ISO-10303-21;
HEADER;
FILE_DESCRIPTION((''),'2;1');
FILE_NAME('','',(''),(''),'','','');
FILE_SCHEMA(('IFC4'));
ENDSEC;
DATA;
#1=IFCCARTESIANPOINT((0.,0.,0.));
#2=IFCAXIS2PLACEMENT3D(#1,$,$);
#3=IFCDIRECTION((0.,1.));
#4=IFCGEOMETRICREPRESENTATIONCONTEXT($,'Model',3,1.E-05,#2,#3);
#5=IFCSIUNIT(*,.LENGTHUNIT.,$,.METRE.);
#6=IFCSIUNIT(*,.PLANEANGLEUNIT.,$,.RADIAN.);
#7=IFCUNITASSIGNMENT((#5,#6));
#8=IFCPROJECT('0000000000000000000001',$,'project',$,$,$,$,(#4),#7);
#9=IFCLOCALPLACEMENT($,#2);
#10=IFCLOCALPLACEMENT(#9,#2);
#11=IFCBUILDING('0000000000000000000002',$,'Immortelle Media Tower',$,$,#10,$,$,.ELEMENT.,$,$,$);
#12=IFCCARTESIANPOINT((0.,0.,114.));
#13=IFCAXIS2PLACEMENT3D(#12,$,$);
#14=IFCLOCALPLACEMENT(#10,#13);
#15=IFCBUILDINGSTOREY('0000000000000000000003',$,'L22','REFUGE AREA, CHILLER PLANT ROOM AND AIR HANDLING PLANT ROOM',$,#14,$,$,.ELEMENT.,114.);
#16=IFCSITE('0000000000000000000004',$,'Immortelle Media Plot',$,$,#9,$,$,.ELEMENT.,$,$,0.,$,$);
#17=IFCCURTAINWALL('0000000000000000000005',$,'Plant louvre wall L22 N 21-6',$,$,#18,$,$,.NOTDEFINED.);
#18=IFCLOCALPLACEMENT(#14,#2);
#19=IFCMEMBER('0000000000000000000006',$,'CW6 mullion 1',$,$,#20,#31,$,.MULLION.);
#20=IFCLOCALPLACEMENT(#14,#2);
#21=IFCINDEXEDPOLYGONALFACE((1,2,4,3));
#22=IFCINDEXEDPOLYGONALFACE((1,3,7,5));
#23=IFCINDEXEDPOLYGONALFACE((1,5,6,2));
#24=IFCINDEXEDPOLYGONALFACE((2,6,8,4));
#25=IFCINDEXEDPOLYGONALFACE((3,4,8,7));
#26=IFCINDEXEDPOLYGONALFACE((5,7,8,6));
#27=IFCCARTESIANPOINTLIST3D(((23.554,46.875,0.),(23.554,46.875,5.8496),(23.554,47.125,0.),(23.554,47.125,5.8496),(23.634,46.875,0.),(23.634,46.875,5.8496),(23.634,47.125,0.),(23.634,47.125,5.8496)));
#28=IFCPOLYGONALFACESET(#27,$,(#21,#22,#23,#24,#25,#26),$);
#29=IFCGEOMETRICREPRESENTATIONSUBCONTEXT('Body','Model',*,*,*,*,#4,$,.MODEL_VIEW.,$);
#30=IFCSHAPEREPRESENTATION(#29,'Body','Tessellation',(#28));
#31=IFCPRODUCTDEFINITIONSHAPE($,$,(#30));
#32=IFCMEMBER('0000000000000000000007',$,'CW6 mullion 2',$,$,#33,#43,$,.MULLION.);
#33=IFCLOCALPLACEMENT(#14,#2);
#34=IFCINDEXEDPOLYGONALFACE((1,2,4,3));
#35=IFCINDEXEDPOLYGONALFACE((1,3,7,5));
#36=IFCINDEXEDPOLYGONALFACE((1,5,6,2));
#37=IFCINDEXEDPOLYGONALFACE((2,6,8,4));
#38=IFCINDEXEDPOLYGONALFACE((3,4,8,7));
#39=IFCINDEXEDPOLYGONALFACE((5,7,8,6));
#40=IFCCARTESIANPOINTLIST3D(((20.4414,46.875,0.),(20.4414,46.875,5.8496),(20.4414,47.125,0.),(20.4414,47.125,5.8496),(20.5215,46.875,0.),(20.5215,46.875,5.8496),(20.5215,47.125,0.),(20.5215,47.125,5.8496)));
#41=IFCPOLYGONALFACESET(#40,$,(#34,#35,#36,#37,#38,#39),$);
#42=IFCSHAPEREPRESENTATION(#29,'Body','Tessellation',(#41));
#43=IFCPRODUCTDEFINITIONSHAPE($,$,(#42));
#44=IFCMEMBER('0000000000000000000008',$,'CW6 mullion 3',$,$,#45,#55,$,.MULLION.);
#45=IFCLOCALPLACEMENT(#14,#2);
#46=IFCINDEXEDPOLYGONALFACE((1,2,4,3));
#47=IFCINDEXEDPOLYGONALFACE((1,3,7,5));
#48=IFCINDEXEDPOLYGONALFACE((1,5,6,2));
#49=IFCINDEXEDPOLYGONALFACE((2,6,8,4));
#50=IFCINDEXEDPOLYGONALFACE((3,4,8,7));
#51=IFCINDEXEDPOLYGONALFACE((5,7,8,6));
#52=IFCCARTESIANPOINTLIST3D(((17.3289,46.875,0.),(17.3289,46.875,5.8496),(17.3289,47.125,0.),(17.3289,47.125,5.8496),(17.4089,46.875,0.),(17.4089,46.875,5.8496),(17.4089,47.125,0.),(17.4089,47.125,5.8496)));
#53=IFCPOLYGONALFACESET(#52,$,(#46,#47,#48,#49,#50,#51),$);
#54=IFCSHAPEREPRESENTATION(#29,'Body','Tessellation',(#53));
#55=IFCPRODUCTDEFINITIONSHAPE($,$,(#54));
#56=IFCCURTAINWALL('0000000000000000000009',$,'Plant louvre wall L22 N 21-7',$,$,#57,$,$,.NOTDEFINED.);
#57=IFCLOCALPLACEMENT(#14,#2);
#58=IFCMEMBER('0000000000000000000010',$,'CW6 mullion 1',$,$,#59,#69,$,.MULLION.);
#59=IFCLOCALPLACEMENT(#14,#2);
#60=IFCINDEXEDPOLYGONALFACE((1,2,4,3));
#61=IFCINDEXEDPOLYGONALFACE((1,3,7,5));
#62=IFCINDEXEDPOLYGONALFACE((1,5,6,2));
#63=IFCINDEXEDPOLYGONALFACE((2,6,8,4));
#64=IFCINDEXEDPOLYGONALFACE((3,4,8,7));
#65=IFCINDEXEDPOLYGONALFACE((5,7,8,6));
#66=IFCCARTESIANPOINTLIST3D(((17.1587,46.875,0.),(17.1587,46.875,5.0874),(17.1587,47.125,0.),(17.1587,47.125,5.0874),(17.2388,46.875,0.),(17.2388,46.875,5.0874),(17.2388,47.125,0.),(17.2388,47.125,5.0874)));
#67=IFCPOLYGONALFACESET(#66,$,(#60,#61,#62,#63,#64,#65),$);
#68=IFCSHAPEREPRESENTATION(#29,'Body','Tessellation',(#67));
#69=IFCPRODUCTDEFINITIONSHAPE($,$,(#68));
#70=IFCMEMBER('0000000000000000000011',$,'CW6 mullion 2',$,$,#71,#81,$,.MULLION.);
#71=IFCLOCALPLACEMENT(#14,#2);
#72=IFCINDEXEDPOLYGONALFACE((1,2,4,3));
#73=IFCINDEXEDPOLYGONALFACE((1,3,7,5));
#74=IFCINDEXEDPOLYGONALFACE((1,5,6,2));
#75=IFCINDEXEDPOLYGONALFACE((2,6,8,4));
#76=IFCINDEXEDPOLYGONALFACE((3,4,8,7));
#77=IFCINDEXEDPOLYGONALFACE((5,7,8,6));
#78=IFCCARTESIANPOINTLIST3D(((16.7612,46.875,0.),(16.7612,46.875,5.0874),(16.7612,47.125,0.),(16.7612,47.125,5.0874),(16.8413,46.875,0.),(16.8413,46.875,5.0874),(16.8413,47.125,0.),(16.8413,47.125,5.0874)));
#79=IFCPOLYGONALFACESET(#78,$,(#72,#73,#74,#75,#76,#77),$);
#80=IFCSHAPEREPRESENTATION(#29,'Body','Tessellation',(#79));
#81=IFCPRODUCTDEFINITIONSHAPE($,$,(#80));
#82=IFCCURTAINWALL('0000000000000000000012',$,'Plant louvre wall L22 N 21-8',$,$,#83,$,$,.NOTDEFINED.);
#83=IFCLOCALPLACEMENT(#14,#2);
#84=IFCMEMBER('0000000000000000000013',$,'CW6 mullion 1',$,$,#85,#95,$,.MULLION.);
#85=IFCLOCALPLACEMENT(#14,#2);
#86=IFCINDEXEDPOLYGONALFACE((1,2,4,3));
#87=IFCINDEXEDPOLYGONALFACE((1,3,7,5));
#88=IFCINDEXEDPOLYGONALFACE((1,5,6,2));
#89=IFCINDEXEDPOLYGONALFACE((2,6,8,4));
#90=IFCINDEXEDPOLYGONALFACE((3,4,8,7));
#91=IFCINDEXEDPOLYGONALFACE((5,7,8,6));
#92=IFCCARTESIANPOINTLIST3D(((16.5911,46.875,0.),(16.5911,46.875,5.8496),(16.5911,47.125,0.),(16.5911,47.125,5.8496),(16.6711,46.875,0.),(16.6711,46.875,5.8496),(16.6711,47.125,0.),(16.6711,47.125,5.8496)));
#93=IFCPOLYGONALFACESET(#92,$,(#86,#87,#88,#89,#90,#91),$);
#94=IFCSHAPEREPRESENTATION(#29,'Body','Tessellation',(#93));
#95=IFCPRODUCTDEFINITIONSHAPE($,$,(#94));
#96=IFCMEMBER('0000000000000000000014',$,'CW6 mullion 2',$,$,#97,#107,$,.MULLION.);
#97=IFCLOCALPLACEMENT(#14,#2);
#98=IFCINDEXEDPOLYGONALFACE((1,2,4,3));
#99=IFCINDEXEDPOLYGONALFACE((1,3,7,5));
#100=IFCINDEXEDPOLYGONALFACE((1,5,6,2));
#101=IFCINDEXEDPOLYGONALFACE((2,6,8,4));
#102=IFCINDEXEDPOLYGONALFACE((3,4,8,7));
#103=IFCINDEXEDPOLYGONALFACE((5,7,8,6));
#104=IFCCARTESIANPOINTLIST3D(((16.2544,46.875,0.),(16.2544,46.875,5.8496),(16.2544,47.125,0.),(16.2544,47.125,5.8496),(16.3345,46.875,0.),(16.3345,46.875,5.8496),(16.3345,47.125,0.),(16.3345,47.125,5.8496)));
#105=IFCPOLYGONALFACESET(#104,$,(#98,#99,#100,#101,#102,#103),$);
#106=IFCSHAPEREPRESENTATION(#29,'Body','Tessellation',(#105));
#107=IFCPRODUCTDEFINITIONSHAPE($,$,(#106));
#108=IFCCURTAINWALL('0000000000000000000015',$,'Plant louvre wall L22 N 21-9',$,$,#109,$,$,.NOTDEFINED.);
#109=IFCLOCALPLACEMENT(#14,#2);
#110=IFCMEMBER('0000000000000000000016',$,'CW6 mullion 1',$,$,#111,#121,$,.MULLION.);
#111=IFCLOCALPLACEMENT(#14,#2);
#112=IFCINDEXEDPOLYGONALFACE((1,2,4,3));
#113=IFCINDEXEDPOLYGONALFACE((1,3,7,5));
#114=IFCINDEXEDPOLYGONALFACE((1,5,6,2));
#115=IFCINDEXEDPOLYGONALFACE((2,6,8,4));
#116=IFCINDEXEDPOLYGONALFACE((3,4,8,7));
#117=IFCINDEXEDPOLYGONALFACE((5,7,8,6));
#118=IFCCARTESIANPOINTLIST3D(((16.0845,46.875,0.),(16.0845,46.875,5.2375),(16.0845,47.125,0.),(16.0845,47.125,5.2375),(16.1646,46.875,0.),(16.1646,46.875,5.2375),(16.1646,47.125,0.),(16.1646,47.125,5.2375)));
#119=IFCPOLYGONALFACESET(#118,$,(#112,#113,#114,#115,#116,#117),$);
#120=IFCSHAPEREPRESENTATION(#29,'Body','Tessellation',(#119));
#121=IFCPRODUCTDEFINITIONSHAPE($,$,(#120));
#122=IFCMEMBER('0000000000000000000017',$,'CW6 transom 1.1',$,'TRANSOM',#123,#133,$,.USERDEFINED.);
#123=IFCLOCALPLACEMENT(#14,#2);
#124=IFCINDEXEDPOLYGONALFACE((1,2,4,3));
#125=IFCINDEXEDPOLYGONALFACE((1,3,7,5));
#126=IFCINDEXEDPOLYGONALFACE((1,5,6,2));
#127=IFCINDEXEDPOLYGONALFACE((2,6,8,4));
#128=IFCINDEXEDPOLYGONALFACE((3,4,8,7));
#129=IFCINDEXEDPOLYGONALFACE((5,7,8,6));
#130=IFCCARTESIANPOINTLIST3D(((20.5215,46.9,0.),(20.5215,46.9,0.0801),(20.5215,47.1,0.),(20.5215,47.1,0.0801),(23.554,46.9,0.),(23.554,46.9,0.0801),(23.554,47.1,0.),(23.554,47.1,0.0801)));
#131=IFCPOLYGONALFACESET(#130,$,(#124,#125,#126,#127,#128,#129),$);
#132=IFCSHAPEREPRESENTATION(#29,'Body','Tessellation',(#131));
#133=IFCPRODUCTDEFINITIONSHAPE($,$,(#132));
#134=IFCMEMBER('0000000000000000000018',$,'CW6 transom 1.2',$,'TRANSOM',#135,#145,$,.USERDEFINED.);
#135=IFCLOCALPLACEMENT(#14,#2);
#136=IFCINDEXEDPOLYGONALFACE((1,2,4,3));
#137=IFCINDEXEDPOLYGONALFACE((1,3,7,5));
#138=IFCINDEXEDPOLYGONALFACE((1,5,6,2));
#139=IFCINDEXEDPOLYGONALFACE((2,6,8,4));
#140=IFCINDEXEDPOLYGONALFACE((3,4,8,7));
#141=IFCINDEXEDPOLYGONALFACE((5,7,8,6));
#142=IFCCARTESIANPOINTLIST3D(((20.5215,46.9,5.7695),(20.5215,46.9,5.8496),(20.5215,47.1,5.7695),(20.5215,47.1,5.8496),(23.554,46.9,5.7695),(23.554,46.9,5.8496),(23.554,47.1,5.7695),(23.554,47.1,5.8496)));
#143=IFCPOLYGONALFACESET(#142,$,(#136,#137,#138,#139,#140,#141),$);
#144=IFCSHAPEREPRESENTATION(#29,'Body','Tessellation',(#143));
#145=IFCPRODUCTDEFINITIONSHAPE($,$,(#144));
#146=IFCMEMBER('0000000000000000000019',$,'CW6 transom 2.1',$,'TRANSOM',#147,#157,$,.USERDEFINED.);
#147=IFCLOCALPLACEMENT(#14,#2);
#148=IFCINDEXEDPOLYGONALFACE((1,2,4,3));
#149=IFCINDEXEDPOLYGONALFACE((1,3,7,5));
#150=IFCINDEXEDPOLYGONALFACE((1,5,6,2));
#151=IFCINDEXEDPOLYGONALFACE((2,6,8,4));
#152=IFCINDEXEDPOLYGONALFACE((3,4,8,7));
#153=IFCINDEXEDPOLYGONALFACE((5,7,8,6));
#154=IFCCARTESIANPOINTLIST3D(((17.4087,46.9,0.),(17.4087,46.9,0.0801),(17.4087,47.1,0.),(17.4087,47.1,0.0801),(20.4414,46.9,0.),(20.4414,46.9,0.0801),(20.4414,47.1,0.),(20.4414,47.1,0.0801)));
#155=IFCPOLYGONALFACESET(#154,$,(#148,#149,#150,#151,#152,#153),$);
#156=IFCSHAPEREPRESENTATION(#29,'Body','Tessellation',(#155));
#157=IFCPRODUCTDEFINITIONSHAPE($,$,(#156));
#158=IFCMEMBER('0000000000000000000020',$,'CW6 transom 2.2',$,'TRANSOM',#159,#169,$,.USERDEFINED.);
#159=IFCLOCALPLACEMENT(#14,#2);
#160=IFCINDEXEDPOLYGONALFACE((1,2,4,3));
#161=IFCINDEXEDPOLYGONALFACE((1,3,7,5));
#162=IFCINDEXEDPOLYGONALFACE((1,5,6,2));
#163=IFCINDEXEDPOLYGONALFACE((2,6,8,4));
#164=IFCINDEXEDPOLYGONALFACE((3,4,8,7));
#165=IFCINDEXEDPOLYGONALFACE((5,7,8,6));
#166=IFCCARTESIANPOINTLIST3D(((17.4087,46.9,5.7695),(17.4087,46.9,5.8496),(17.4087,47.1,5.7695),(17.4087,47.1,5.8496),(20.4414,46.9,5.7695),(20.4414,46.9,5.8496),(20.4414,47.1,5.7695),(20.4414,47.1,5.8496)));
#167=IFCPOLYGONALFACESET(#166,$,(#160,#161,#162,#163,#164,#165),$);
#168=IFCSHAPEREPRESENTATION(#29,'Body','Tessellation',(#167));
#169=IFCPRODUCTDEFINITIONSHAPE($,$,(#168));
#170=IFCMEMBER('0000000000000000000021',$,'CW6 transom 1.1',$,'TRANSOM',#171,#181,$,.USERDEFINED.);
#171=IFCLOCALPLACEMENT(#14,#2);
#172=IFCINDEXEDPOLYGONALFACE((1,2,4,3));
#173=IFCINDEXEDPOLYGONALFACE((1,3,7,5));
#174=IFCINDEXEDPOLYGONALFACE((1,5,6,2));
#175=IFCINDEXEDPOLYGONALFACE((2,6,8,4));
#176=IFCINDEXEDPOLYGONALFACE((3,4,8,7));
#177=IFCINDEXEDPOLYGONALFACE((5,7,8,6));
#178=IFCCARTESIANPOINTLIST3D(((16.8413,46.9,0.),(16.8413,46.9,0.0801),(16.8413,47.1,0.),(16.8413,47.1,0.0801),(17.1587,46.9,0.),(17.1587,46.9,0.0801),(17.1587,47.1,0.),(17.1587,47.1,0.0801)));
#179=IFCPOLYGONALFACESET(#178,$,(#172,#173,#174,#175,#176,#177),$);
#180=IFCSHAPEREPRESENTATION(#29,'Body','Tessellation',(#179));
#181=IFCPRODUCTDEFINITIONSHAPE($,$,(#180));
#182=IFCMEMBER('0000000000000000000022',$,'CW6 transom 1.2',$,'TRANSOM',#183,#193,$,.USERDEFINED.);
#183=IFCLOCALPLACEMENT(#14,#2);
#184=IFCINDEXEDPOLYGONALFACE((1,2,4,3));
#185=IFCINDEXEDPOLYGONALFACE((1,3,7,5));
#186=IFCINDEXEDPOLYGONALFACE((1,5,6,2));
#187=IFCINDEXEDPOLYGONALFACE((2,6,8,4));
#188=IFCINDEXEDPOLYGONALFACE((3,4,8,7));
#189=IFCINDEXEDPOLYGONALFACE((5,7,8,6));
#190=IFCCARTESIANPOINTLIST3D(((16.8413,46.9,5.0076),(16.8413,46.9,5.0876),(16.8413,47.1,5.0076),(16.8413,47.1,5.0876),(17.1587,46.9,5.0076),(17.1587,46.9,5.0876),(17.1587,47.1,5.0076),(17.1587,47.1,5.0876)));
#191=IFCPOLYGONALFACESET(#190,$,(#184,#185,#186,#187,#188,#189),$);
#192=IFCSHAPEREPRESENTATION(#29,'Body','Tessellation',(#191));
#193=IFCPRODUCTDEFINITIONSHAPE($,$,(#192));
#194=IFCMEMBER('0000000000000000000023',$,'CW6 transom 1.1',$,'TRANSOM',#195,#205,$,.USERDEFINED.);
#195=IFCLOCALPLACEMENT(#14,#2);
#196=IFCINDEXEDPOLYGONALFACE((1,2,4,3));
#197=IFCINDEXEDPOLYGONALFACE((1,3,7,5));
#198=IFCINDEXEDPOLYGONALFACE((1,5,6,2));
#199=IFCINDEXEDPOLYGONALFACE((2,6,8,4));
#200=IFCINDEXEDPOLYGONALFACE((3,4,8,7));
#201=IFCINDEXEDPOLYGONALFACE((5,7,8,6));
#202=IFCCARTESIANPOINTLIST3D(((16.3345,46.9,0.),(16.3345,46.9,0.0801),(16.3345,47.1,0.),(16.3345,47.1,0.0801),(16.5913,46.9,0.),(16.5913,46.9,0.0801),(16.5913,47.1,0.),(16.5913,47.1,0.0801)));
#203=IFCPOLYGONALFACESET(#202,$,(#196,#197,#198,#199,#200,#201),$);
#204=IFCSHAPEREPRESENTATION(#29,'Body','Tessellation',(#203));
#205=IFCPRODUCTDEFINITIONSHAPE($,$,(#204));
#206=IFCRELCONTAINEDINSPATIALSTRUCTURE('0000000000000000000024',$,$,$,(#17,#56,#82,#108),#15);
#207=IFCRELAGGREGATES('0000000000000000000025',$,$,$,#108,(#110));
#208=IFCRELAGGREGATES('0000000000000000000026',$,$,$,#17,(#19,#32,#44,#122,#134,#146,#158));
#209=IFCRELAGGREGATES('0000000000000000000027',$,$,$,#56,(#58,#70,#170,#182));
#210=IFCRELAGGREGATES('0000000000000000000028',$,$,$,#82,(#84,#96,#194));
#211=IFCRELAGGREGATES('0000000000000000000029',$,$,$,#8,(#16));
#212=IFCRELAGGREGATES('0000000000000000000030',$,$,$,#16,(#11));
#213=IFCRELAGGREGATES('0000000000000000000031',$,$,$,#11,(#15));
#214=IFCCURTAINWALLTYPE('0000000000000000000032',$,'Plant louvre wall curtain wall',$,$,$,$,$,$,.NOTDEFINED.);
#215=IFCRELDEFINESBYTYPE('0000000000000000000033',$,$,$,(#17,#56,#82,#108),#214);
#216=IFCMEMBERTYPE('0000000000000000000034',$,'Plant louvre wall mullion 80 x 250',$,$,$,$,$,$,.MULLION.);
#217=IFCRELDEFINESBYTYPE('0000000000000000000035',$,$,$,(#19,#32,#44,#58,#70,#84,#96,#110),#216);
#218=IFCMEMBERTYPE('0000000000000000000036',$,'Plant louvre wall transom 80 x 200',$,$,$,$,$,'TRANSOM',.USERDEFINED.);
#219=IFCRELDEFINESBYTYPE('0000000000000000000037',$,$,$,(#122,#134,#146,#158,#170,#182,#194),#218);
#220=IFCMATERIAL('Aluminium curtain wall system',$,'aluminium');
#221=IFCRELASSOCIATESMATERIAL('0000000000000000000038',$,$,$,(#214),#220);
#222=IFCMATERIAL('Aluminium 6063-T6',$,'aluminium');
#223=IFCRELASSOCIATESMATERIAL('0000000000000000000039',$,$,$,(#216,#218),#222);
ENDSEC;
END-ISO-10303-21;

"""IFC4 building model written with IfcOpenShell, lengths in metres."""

from ifc_helpers import new_model, si_unit, direction, frame, origin, origin_2d, place, context, subcontext, project, spatial, rectangle, extrude, material, material_profile, profile_set, type_object, element, aggregate, save


model = new_model("IFC4")

# Units and contexts
model_context = context("Model", 3, precision=1e-05, world=origin(), true_north=direction((0.0, 1.0)))
body_context = subcontext(model_context, "Body", "Model", "MODEL_VIEW")
ifc_project = project(units=[si_unit("LENGTHUNIT", "METRE"), si_unit("PLANEANGLEUNIT", "RADIAN")], contexts=[model_context])

# Site, building, storey
site_placement = place(None, origin())
site = spatial("IfcSite", under=ifc_project, at=site_placement, Name="Immortelle Media Plot", CompositionType="ELEMENT", RefElevation=0.0)
building_placement = place(site_placement, origin())
building = spatial("IfcBuilding", under=site, at=building_placement, Name="Immortelle Media Tower", CompositionType="ELEMENT")
storey_placement = place(building_placement, frame((0.0, 0.0, 114.0)))
storey = spatial("IfcBuildingStorey", under=building, at=storey_placement, Name="L22", Description="REFUGE AREA, CHILLER PLANT ROOM AND AIR HANDLING PLANT ROOM", CompositionType="ELEMENT", Elevation=114.0)

# Curtain walls, members
ifc_material_1 = material(Name="Aluminium curtain wall system", Category="aluminium")
curtain_wall_type = type_object("IfcCurtainWallType", Name="Plant louvre wall curtain wall", PredefinedType="NOTDEFINED", material=ifc_material_1)
curtain_wall_1_placement = place(storey_placement, origin())
curtain_wall_1 = element("IfcCurtainWall", 1, at=curtain_wall_1_placement, inside=storey, type_object=curtain_wall_type, Name="Plant louvre wall L22 N 21-6", PredefinedType="NOTDEFINED")
ifc_material_2 = material(Name="Aluminium 6063-T6", Category="aluminium")
ifc_material_profile_1 = material_profile(ifc_material_2, rectangle(XDim=0.25, YDim=0.0801, at=origin_2d()), Name="AL 80x250")
ifc_profile_set_1 = profile_set([ifc_material_profile_1], Name="Aluminium 6063-T6")
member_type_1 = type_object("IfcMemberType", Name="Plant louvre wall mullion 80 x 250", PredefinedType="MULLION", material=ifc_profile_set_1)
member_1_placement = place(storey_placement, frame((23.594, 47.0, 0.0), z_axis=(0.0, 0.0, 1.0), x_axis=(0.0, -1.0, 0.0)))
member_1 = element("IfcMember", 2, at=member_1_placement, type_object=member_type_1, Name="CW6 mullion 1", PredefinedType="MULLION", context=body_context, shape_type="SweptSolid", body=[
    extrude(rectangle(XDim=0.25, YDim=0.0801, at=origin_2d()), origin(), (0.0, 0.0, 1.0), 5.8496),
])
member_2_placement = place(storey_placement, frame((20.4814, 47.0, 0.0), z_axis=(0.0, 0.0, 1.0), x_axis=(0.0, -1.0, 0.0)))
member_2 = element("IfcMember", 3, at=member_2_placement, type_object=member_type_1, Name="CW6 mullion 2", PredefinedType="MULLION", context=body_context, shape_type="SweptSolid", body=[
    extrude(rectangle(XDim=0.25, YDim=0.0801, at=origin_2d()), origin(), (0.0, 0.0, 1.0), 5.8496),
])
member_3_placement = place(storey_placement, frame((17.3689, 47.0, 0.0), z_axis=(0.0, 0.0, 1.0), x_axis=(0.0, -1.0, 0.0)))
member_3 = element("IfcMember", 4, at=member_3_placement, type_object=member_type_1, Name="CW6 mullion 3", PredefinedType="MULLION", context=body_context, shape_type="SweptSolid", body=[
    extrude(rectangle(XDim=0.25, YDim=0.0801, at=origin_2d()), origin(), (0.0, 0.0, 1.0), 5.8496),
])
curtain_wall_2_placement = place(storey_placement, origin())
curtain_wall_2 = element("IfcCurtainWall", 5, at=curtain_wall_2_placement, inside=storey, type_object=curtain_wall_type, Name="Plant louvre wall L22 N 21-7", PredefinedType="NOTDEFINED")
member_4_placement = place(storey_placement, frame((17.1987, 47.0, 0.0), z_axis=(0.0, 0.0, 1.0), x_axis=(0.0, -1.0, 0.0)))
member_4 = element("IfcMember", 6, at=member_4_placement, type_object=member_type_1, Name="CW6 mullion 1", PredefinedType="MULLION", context=body_context, shape_type="SweptSolid", body=[
    extrude(rectangle(XDim=0.25, YDim=0.0801, at=origin_2d()), origin(), (0.0, 0.0, 1.0), 5.0874),
])
member_5_placement = place(storey_placement, frame((16.8013, 47.0, 0.0), z_axis=(0.0, 0.0, 1.0), x_axis=(0.0, -1.0, 0.0)))
member_5 = element("IfcMember", 7, at=member_5_placement, type_object=member_type_1, Name="CW6 mullion 2", PredefinedType="MULLION", context=body_context, shape_type="SweptSolid", body=[
    extrude(rectangle(XDim=0.25, YDim=0.0801, at=origin_2d()), origin(), (0.0, 0.0, 1.0), 5.0874),
])
curtain_wall_3_placement = place(storey_placement, origin())
curtain_wall_3 = element("IfcCurtainWall", 8, at=curtain_wall_3_placement, inside=storey, type_object=curtain_wall_type, Name="Plant louvre wall L22 N 21-8", PredefinedType="NOTDEFINED")
member_6_placement = place(storey_placement, frame((16.6311, 47.0, 0.0), z_axis=(0.0, 0.0, 1.0), x_axis=(0.0, -1.0, 0.0)))
member_6 = element("IfcMember", 9, at=member_6_placement, type_object=member_type_1, Name="CW6 mullion 1", PredefinedType="MULLION", context=body_context, shape_type="SweptSolid", body=[
    extrude(rectangle(XDim=0.25, YDim=0.0801, at=origin_2d()), origin(), (0.0, 0.0, 1.0), 5.8496),
])
member_7_placement = place(storey_placement, frame((16.2944, 47.0, 0.0), z_axis=(0.0, 0.0, 1.0), x_axis=(0.0, -1.0, 0.0)))
member_7 = element("IfcMember", 10, at=member_7_placement, type_object=member_type_1, Name="CW6 mullion 2", PredefinedType="MULLION", context=body_context, shape_type="SweptSolid", body=[
    extrude(rectangle(XDim=0.25, YDim=0.0801, at=origin_2d()), origin(), (0.0, 0.0, 1.0), 5.8496),
])

# Curtain wall, member
curtain_wall_4_placement = place(storey_placement, origin())
curtain_wall_4 = element("IfcCurtainWall", 11, at=curtain_wall_4_placement, inside=storey, type_object=curtain_wall_type, Name="Plant louvre wall L22 N 21-9", PredefinedType="NOTDEFINED")
member_8_placement = place(storey_placement, frame((16.1245, 47.0, 0.0), z_axis=(0.0, 0.0, 1.0), x_axis=(0.0, -1.0, 0.0)))
member_8 = element("IfcMember", 12, at=member_8_placement, type_object=member_type_1, Name="CW6 mullion 1", PredefinedType="MULLION", context=body_context, shape_type="SweptSolid", body=[
    extrude(rectangle(XDim=0.25, YDim=0.0801, at=origin_2d()), origin(), (0.0, 0.0, 1.0), 5.2375),
])

# Members
ifc_material_profile_2 = material_profile(ifc_material_2, rectangle(XDim=0.2, YDim=0.0801, at=origin_2d()), Name="AL 80x200")
ifc_profile_set_2 = profile_set([ifc_material_profile_2], Name="Aluminium 6063-T6")
member_type_2 = type_object("IfcMemberType", Name="Plant louvre wall transom 80 x 200", ElementType="TRANSOM", PredefinedType="USERDEFINED", material=ifc_profile_set_2)
member_9_placement = place(storey_placement, frame((23.554, 47.0, 0.04), z_axis=(-1.0, 0.0, 0.0), x_axis=(0.0, -1.0, 0.0)))
member_9 = element("IfcMember", 13, at=member_9_placement, type_object=member_type_2, Name="CW6 transom 1.1", ObjectType="TRANSOM", PredefinedType="USERDEFINED", context=body_context, shape_type="SweptSolid", body=[
    extrude(rectangle(XDim=0.2, YDim=0.0801, at=origin_2d()), origin(), (0.0, 0.0, 1.0), 3.0325),
])
member_10_placement = place(storey_placement, frame((23.554, 47.0, 5.8096), z_axis=(-1.0, 0.0, 0.0), x_axis=(0.0, -1.0, 0.0)))
member_10 = element("IfcMember", 14, at=member_10_placement, type_object=member_type_2, Name="CW6 transom 1.2", ObjectType="TRANSOM", PredefinedType="USERDEFINED", context=body_context, shape_type="SweptSolid", body=[
    extrude(rectangle(XDim=0.2, YDim=0.0801, at=origin_2d()), origin(), (0.0, 0.0, 1.0), 3.0325),
])
member_11_placement = place(storey_placement, frame((20.4414, 47.0, 0.04), z_axis=(-1.0, 0.0, 0.0), x_axis=(0.0, -1.0, 0.0)))
member_11 = element("IfcMember", 15, at=member_11_placement, type_object=member_type_2, Name="CW6 transom 2.1", ObjectType="TRANSOM", PredefinedType="USERDEFINED", context=body_context, shape_type="SweptSolid", body=[
    extrude(rectangle(XDim=0.2, YDim=0.0801, at=origin_2d()), origin(), (0.0, 0.0, 1.0), 3.0327),
])
member_12_placement = place(storey_placement, frame((20.4414, 47.0, 5.8096), z_axis=(-1.0, 0.0, 0.0), x_axis=(0.0, -1.0, 0.0)))
member_12 = element("IfcMember", 16, at=member_12_placement, type_object=member_type_2, Name="CW6 transom 2.2", ObjectType="TRANSOM", PredefinedType="USERDEFINED", context=body_context, shape_type="SweptSolid", body=[
    extrude(rectangle(XDim=0.2, YDim=0.0801, at=origin_2d()), origin(), (0.0, 0.0, 1.0), 3.0327),
])
member_13_placement = place(storey_placement, frame((17.1587, 47.0, 0.04), z_axis=(-1.0, 0.0, 0.0), x_axis=(0.0, -1.0, 0.0)))
member_13 = element("IfcMember", 17, at=member_13_placement, type_object=member_type_2, Name="CW6 transom 1.1", ObjectType="TRANSOM", PredefinedType="USERDEFINED", context=body_context, shape_type="SweptSolid", body=[
    extrude(rectangle(XDim=0.2, YDim=0.0801, at=origin_2d()), origin(), (0.0, 0.0, 1.0), 0.3174),
])
member_14_placement = place(storey_placement, frame((17.1587, 47.0, 5.0476), z_axis=(-1.0, 0.0, 0.0), x_axis=(0.0, -1.0, 0.0)))
member_14 = element("IfcMember", 18, at=member_14_placement, type_object=member_type_2, Name="CW6 transom 1.2", ObjectType="TRANSOM", PredefinedType="USERDEFINED", context=body_context, shape_type="SweptSolid", body=[
    extrude(rectangle(XDim=0.2, YDim=0.0801, at=origin_2d()), origin(), (0.0, 0.0, 1.0), 0.3174),
])
member_15_placement = place(storey_placement, frame((16.5913, 47.0, 0.04), z_axis=(-1.0, 0.0, 0.0), x_axis=(0.0, -1.0, 0.0)))
member_15 = element("IfcMember", 19, at=member_15_placement, type_object=member_type_2, Name="CW6 transom 1.1", ObjectType="TRANSOM", PredefinedType="USERDEFINED", context=body_context, shape_type="SweptSolid", body=[
    extrude(rectangle(XDim=0.2, YDim=0.0801, at=origin_2d()), origin(), (0.0, 0.0, 1.0), 0.2568),
])
aggregate(curtain_wall_4, [member_8])

aggregate(curtain_wall_1, [member_1, member_2, member_3, member_9, member_10, member_11, member_12])
aggregate(curtain_wall_2, [member_4, member_5, member_13, member_14])
aggregate(curtain_wall_3, [member_6, member_7, member_15])

save(model, "model.ifc")
